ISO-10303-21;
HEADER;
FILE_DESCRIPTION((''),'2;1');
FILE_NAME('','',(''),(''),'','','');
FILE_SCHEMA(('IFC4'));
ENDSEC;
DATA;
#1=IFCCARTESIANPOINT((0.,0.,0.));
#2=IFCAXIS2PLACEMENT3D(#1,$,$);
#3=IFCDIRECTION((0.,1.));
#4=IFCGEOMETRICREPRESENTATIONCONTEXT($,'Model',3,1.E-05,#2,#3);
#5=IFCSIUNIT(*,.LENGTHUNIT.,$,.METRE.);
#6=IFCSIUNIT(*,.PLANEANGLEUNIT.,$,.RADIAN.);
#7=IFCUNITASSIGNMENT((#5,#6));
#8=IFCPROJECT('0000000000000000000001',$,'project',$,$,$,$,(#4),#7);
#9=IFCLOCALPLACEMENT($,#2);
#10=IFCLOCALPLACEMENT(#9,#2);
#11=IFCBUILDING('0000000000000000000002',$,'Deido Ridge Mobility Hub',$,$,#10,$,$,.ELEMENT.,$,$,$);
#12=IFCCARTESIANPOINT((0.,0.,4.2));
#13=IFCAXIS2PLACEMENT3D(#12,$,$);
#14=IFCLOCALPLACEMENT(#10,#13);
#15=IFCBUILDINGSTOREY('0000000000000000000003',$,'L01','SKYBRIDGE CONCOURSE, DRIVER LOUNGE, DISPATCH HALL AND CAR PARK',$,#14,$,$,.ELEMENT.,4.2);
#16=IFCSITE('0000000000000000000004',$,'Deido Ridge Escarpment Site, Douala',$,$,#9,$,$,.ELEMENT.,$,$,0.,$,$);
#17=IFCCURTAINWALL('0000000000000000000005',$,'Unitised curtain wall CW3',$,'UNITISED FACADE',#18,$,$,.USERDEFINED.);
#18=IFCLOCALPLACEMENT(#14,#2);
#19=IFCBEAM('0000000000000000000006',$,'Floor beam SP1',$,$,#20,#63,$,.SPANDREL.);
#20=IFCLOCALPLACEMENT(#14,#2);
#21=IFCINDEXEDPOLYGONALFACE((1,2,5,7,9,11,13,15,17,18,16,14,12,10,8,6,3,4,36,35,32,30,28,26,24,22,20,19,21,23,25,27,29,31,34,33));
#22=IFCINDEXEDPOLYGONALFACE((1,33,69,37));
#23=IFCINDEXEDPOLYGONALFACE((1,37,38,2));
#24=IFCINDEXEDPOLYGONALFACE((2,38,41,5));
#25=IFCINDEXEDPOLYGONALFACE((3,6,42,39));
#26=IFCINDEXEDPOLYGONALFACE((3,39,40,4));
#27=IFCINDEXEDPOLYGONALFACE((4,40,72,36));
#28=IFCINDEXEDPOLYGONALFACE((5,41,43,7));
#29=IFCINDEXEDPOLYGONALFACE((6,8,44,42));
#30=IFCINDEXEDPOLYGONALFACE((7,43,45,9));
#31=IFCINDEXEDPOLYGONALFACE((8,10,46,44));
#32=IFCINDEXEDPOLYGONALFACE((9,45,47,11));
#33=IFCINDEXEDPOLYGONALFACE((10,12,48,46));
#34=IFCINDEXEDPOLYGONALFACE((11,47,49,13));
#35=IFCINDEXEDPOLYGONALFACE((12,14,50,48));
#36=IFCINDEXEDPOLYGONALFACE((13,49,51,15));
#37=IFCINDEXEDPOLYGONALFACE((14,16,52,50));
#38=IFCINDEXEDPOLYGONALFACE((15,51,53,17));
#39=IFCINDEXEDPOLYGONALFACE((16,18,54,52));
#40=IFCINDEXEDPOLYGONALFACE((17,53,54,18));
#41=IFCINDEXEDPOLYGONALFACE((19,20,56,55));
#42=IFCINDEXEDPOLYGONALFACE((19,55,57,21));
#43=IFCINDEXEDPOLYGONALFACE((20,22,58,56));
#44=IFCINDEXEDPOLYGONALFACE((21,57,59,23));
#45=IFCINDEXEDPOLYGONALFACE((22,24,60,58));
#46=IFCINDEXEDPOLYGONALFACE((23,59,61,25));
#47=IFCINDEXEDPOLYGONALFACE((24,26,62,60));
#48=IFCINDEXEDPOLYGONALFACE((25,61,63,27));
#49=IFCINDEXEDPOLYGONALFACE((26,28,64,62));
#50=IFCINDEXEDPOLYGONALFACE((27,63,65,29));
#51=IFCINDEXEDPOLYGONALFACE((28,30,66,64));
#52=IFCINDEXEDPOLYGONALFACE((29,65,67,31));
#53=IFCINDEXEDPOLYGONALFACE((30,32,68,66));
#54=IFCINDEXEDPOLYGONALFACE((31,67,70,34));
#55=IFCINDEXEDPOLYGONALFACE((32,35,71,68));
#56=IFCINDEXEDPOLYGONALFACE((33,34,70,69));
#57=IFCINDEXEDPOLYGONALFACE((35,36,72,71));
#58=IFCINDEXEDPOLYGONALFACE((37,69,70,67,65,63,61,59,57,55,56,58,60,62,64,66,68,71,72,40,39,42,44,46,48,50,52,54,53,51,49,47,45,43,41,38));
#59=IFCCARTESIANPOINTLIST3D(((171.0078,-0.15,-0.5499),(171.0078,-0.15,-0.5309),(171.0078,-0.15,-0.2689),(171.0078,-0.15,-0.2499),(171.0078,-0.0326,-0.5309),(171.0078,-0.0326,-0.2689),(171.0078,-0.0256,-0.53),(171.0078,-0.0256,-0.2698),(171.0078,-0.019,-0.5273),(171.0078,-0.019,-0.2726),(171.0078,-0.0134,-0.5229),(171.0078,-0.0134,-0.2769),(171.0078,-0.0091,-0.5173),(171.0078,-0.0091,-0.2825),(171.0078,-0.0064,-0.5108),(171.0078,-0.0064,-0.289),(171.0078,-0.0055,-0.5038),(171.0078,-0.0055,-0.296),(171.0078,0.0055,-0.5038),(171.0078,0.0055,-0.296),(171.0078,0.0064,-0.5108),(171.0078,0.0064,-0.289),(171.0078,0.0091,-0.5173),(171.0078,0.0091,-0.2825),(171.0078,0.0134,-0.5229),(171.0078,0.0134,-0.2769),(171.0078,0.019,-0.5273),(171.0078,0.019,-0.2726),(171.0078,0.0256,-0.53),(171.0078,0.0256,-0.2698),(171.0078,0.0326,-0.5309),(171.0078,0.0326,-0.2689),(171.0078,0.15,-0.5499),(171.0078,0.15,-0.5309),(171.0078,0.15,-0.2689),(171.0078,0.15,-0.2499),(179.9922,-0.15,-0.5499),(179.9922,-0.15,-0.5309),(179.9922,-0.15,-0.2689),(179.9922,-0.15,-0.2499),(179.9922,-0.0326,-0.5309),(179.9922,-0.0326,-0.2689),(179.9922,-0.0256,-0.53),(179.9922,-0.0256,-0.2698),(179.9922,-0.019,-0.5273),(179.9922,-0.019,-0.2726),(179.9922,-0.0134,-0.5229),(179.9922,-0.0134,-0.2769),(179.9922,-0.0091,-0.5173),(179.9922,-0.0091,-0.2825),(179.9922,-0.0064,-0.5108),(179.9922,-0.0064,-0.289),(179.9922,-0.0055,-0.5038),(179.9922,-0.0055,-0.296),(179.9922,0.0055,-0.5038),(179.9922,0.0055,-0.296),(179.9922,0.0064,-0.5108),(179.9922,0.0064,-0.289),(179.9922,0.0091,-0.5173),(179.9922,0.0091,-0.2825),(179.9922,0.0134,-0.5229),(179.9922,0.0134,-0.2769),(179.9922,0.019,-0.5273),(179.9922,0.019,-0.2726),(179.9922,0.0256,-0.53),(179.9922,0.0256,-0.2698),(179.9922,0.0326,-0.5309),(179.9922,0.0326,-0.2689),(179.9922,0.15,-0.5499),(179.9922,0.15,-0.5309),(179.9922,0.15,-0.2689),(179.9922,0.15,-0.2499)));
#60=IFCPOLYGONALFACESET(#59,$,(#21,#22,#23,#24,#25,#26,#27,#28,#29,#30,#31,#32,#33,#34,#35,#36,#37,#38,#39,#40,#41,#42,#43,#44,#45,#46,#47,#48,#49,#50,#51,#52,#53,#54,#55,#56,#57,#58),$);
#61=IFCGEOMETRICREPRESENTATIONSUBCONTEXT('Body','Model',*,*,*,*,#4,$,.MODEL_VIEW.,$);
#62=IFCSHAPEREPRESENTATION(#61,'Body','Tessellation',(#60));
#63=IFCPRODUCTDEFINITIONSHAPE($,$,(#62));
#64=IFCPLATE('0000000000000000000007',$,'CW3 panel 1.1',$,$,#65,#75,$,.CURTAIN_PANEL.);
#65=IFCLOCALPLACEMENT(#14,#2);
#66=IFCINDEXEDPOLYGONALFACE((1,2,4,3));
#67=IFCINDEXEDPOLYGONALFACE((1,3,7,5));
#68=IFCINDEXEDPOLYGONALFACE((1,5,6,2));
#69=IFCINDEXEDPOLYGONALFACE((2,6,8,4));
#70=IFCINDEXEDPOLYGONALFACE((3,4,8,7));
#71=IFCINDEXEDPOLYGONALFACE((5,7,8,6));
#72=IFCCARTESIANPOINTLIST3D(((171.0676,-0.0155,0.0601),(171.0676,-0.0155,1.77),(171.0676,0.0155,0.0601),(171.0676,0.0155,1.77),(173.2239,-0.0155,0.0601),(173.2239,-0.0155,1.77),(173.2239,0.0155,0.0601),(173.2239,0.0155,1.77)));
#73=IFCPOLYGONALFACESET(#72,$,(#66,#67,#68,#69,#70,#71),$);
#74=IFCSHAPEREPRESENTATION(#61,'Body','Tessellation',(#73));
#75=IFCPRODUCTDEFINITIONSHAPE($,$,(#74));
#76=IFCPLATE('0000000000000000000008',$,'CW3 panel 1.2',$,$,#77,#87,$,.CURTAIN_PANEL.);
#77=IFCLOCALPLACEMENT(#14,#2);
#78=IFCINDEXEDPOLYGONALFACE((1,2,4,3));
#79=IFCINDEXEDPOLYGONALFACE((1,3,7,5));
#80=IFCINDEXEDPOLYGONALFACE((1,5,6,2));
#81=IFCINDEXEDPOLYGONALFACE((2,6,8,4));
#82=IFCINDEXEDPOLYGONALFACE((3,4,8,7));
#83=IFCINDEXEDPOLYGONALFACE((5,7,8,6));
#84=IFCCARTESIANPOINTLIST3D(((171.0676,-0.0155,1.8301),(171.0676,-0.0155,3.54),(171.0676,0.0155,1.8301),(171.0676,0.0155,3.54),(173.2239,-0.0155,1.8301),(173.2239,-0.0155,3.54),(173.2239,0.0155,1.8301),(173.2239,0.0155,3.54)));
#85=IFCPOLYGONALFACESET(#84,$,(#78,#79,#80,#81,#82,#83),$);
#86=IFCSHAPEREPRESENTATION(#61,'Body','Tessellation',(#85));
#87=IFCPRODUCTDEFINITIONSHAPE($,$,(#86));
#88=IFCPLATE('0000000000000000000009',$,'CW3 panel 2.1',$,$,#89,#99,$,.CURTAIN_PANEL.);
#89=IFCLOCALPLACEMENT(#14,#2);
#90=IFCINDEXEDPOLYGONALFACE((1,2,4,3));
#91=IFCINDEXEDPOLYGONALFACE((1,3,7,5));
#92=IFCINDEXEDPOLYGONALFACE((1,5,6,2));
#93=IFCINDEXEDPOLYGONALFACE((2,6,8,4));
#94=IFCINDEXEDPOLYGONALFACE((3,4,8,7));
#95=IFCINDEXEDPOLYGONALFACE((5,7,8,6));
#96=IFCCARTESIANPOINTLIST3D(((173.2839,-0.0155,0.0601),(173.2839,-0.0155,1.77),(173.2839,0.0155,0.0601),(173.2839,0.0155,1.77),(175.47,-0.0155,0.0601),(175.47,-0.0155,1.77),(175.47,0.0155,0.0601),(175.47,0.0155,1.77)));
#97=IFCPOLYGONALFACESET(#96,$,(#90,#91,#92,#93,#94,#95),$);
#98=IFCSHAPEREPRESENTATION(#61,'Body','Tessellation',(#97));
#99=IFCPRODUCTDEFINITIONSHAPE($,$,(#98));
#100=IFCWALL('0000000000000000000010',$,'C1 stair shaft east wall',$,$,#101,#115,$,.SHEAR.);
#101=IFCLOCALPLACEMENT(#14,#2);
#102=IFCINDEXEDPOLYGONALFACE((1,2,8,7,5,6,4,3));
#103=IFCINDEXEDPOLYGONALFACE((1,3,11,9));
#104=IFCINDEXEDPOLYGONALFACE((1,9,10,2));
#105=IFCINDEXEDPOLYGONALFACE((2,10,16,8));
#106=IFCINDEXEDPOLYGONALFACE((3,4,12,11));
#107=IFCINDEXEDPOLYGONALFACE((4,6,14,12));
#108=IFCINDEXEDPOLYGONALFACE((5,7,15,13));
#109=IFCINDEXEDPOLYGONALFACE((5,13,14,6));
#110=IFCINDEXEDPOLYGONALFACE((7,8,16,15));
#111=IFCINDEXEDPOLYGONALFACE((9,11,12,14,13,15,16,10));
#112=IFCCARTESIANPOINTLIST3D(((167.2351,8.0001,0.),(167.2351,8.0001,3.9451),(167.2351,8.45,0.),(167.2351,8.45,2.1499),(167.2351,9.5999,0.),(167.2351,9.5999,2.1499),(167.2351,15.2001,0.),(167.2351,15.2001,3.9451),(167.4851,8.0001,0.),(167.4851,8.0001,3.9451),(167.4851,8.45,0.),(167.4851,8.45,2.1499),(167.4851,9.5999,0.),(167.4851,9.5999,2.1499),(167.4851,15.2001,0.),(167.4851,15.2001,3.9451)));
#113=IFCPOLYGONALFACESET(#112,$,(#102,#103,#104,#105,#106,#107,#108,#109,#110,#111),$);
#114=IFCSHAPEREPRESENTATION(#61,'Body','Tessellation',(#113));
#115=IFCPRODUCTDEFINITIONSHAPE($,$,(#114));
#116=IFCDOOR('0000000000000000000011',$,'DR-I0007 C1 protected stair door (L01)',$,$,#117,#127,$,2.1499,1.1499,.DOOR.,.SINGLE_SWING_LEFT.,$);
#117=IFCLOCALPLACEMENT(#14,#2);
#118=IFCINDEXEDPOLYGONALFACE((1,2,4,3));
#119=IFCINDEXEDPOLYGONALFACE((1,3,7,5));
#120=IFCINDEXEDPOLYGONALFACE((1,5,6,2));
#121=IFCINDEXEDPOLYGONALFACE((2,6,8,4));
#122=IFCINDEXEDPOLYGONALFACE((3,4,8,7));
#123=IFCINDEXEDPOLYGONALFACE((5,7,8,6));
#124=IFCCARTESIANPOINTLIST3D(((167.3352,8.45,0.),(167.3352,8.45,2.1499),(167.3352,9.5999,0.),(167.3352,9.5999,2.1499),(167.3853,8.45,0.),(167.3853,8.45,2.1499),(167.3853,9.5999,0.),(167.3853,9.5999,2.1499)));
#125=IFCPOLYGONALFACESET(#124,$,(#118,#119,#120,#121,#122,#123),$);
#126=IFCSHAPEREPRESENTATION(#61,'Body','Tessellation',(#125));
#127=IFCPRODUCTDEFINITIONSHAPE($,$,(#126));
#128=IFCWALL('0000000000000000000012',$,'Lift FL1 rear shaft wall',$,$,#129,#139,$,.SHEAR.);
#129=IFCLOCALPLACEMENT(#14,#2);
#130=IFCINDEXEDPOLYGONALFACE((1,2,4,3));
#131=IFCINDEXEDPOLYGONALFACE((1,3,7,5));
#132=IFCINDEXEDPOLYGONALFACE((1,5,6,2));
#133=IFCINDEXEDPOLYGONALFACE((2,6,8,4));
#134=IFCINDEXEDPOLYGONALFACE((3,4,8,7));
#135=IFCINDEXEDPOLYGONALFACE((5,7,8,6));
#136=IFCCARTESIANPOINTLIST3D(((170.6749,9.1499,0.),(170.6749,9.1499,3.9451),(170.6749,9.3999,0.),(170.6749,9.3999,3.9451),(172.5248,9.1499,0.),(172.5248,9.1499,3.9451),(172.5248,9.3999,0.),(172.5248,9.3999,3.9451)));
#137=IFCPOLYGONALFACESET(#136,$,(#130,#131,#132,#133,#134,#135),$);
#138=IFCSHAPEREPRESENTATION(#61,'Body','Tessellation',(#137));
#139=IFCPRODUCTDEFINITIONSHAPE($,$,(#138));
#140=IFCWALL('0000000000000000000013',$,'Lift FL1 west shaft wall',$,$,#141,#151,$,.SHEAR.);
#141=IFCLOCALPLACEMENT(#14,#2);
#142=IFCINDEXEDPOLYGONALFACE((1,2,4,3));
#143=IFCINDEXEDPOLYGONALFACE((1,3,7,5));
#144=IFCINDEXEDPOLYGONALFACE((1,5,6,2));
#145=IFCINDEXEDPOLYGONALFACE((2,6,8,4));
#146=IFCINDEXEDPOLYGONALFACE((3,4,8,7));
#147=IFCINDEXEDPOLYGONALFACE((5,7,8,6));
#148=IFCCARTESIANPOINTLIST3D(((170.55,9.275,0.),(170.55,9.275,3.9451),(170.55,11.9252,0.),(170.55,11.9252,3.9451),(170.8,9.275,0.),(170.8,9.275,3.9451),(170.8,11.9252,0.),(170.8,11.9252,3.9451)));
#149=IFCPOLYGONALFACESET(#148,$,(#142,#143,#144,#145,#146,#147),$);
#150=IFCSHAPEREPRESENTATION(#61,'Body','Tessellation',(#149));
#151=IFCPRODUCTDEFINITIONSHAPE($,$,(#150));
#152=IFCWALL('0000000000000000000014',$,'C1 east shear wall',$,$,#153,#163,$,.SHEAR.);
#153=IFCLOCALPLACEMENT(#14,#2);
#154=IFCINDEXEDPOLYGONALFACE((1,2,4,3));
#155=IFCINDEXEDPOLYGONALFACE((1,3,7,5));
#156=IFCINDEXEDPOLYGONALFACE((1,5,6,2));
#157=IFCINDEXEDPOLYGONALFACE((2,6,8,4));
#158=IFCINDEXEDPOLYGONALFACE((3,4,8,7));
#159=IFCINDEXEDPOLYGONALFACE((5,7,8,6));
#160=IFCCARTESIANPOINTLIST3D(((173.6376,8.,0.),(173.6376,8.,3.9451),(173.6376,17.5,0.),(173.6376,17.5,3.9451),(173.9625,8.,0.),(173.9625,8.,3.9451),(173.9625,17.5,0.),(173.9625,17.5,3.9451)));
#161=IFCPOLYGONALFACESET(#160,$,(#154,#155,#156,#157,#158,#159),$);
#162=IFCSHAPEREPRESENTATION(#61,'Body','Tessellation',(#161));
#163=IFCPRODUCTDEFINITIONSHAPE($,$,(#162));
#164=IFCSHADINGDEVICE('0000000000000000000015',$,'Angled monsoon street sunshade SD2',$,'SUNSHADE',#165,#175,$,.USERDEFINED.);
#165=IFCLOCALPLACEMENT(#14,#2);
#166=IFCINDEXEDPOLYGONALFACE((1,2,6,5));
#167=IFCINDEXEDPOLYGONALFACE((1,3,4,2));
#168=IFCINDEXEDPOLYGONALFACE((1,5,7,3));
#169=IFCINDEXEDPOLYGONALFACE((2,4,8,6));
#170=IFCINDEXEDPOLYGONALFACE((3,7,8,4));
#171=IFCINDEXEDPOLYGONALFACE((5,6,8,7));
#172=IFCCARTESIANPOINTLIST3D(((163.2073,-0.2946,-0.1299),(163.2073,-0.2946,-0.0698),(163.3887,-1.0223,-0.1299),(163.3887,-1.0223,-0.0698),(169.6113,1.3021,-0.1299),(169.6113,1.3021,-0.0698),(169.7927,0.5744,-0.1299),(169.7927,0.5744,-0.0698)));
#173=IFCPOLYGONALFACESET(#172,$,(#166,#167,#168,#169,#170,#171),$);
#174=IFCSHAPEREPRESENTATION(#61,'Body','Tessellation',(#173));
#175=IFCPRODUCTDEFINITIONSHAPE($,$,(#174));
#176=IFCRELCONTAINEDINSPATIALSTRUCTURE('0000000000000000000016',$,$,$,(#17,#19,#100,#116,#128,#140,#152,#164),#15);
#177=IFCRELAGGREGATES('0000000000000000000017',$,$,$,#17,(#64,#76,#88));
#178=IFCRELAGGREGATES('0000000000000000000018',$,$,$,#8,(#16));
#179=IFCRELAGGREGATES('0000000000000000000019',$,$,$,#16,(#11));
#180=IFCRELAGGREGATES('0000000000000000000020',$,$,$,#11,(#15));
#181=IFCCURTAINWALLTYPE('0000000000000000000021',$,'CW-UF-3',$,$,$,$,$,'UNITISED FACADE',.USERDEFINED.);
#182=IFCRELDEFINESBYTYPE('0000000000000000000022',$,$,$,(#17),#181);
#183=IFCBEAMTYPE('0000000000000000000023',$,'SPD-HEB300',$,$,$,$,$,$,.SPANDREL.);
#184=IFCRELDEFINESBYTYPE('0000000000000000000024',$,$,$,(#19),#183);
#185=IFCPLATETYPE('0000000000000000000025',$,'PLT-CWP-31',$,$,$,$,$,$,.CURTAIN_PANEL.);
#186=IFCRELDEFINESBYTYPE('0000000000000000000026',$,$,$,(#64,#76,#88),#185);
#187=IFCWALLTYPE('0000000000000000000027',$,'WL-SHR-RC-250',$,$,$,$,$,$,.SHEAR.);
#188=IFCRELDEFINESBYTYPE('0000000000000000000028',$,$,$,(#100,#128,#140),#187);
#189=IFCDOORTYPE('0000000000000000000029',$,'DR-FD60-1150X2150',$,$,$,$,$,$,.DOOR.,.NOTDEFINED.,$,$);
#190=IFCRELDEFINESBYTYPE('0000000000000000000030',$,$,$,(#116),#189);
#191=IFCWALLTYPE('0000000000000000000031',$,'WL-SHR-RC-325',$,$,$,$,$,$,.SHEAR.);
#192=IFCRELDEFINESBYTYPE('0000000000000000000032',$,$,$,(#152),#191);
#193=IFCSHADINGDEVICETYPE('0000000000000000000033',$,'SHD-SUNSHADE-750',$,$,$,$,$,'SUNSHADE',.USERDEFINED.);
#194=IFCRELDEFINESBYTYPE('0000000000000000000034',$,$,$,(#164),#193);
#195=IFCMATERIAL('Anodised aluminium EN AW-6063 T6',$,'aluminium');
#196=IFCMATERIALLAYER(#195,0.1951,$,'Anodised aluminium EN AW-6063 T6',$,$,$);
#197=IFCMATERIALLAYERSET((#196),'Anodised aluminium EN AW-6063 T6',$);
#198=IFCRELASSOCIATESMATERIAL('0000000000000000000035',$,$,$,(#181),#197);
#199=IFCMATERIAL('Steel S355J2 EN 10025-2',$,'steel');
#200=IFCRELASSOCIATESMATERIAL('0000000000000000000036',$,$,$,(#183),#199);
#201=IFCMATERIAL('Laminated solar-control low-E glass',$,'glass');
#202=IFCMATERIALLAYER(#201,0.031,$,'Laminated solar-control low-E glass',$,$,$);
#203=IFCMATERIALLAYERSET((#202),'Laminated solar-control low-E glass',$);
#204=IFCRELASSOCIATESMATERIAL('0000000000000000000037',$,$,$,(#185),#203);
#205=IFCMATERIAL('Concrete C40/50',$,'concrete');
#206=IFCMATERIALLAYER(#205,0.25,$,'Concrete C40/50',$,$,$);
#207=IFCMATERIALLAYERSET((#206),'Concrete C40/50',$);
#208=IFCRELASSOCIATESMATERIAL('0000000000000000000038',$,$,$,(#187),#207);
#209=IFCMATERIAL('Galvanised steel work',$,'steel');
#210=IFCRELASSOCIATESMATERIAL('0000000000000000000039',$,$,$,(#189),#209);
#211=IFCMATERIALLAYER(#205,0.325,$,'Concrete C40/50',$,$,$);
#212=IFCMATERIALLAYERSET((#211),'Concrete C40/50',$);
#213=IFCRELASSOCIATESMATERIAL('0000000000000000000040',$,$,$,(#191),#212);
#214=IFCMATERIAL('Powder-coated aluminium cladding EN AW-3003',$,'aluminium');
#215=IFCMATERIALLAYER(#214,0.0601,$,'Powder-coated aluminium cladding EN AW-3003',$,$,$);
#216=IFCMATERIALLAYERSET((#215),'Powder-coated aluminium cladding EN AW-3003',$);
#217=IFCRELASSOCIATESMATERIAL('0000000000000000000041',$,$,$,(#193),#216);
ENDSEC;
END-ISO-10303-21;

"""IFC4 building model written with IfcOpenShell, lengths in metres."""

from ifc_helpers import new_model, si_unit, direction, frame, frame_2d, origin, origin_2d, place, context, subcontext, project, spatial, rectangle, i_section, extrude, material, layer, layer_set, material_profile, profile_set, type_object, element, fill, aggregate, save


model = new_model("IFC4")

# Units and contexts
model_context = context("Model", 3, precision=1e-05, world=origin(), true_north=direction((0.0, 1.0)))
body_context = subcontext(model_context, "Body", "Model", "MODEL_VIEW")
ifc_project = project(units=[si_unit("LENGTHUNIT", "METRE"), si_unit("PLANEANGLEUNIT", "RADIAN")], contexts=[model_context])

# Site, building, storey
site_placement = place(None, origin())
site = spatial("IfcSite", under=ifc_project, at=site_placement, Name="Deido Ridge Escarpment Site, Douala", CompositionType="ELEMENT", RefElevation=0.0)
building_placement = place(site_placement, origin())
building = spatial("IfcBuilding", under=site, at=building_placement, Name="Deido Ridge Mobility Hub", CompositionType="ELEMENT")
storey_placement = place(building_placement, frame((0.0, 0.0, 4.2)))
storey = spatial("IfcBuildingStorey", under=building, at=storey_placement, Name="L01", Description="SKYBRIDGE CONCOURSE, DRIVER LOUNGE, DISPATCH HALL AND CAR PARK", CompositionType="ELEMENT", Elevation=4.2)

# Shared definitions
ifc_material_1 = material(Name="Steel S355J2 EN 10025-2", Category="steel")

# Curtain wall
ifc_material_2 = material(Name="Anodised aluminium EN AW-6063 T6", Category="aluminium")
ifc_layer_1 = layer(ifc_material_2, 0.1951, Name="Anodised aluminium EN AW-6063 T6")
ifc_layer_set_1 = layer_set([ifc_layer_1], Name="Anodised aluminium EN AW-6063 T6")
curtain_wall_type = type_object("IfcCurtainWallType", Name="CW-UF-3", ElementType="UNITISED FACADE", PredefinedType="USERDEFINED", material=ifc_layer_set_1)
curtain_wall_placement = place(storey_placement, origin())
curtain_wall = element("IfcCurtainWall", 1, at=curtain_wall_placement, inside=storey, type_object=curtain_wall_type, Name="Unitised curtain wall CW3", ObjectType="UNITISED FACADE", PredefinedType="USERDEFINED")

# Beam
ifc_material_profile_1 = material_profile(ifc_material_1, i_section(OverallWidth=0.3, OverallDepth=0.3, WebThickness=0.011, FlangeThickness=0.019, FilletRadius=0.0271, at=origin_2d()), Name="HEB 300")
ifc_profile_set_1 = profile_set([ifc_material_profile_1], Name="Steel S355J2 EN 10025-2")
beam_type = type_object("IfcBeamType", Name="SPD-HEB300", PredefinedType="SPANDREL", material=ifc_profile_set_1)
beam_placement = place(storey_placement, frame((171.0078, 0.0, -0.3999), z_axis=(1.0, 0.0, 0.0), x_axis=(0.0, 1.0, 0.0)))
element("IfcBeam", 2, at=beam_placement, inside=storey, type_object=beam_type, Name="Floor beam SP1", PredefinedType="SPANDREL", context=body_context, shape_type="SweptSolid", body=[
    extrude(i_section(OverallWidth=0.3, OverallDepth=0.3, WebThickness=0.011, FlangeThickness=0.019, FilletRadius=0.0271, at=origin_2d()), origin(), (0.0, 0.0, 1.0), 8.9844),
])

# Plates
ifc_material_3 = material(Name="Laminated solar-control low-E glass", Category="glass")
ifc_layer_2 = layer(ifc_material_3, 0.031, Name="Laminated solar-control low-E glass")
ifc_layer_set_2 = layer_set([ifc_layer_2], Name="Laminated solar-control low-E glass")
plate_type = type_object("IfcPlateType", Name="PLT-CWP-31", PredefinedType="CURTAIN_PANEL", material=ifc_layer_set_2)
plate_1_placement = place(storey_placement, frame((172.1458, 0.0, 0.0601), z_axis=(0.0, 0.0, 1.0), x_axis=(1.0, 0.0, 0.0)))
plate_1 = element("IfcPlate", 3, at=plate_1_placement, type_object=plate_type, Name="CW3 panel 1.1", PredefinedType="CURTAIN_PANEL", context=body_context, shape_type="SweptSolid", body=[
    extrude(rectangle(XDim=2.1562, YDim=0.031, at=origin_2d()), origin(), (0.0, 0.0, 1.0), 1.71),
])
plate_2_placement = place(storey_placement, frame((172.1458, 0.0, 1.8301), z_axis=(0.0, 0.0, 1.0), x_axis=(1.0, 0.0, 0.0)))
plate_2 = element("IfcPlate", 4, at=plate_2_placement, type_object=plate_type, Name="CW3 panel 1.2", PredefinedType="CURTAIN_PANEL", context=body_context, shape_type="SweptSolid", body=[
    extrude(rectangle(XDim=2.1562, YDim=0.031, at=origin_2d()), origin(), (0.0, 0.0, 1.0), 1.71),
])
plate_3_placement = place(storey_placement, frame((174.377, 0.0, 0.0601), z_axis=(0.0, 0.0, 1.0), x_axis=(1.0, 0.0, 0.0)))
plate_3 = element("IfcPlate", 5, at=plate_3_placement, type_object=plate_type, Name="CW3 panel 2.1", PredefinedType="CURTAIN_PANEL", context=body_context, shape_type="SweptSolid", body=[
    extrude(rectangle(XDim=2.186, YDim=0.031, at=origin_2d()), origin(), (0.0, 0.0, 1.0), 1.71),
])
aggregate(curtain_wall, [plate_1, plate_2, plate_3])

# Wall, opening, door
ifc_material_4 = material(Name="Concrete C40/50", Category="concrete")
ifc_layer_3 = layer(ifc_material_4, 0.25, Name="Concrete C40/50")
ifc_layer_set_3 = layer_set([ifc_layer_3], Name="Concrete C40/50")
wall_type_1 = type_object("IfcWallType", Name="WL-SHR-RC-250", PredefinedType="SHEAR", material=ifc_layer_set_3)
wall_1_placement = place(storey_placement, frame((167.3601, 8.0, 0.0), z_axis=(0.0, 0.0, 1.0), x_axis=(0.0, 1.0, 0.0)))
wall_1 = element("IfcWall", 6, at=wall_1_placement, inside=storey, type_object=wall_type_1, Name="C1 stair shaft east wall", PredefinedType="SHEAR", context=body_context, shape_type="SweptSolid", body=[
    extrude(rectangle(XDim=7.2, YDim=0.25, at=frame_2d((3.6001, 0.0))), origin(), (0.0, 0.0, 1.0), 3.9451),
])
opening_placement = place(wall_1_placement, frame((0.45, 0.0, 0.0)))
opening = element("IfcOpeningElement", 7, at=opening_placement, cuts=wall_1, PredefinedType="OPENING", context=body_context, shape_type="SweptSolid", body=[
    extrude(rectangle(XDim=1.1499, YDim=2.1499, at=frame_2d((0.575, 1.075))), frame((0.0, 0.135, 0.0), z_axis=(0.0, -1.0, 0.0), x_axis=(1.0, 0.0, 0.0)), (0.0, 0.0, 1.0), 0.27),
])
ifc_material_5 = material(Name="Galvanised steel work", Category="steel")
door_type = type_object("IfcDoorType", Name="DR-FD60-1150X2150", OperationType="NOTDEFINED", PredefinedType="DOOR", material=ifc_material_5)
door_placement = place(opening_placement, origin())
door = element("IfcDoor", 8, at=door_placement, inside=storey, type_object=door_type, Name="DR-I0007 C1 protected stair door (L01)", OperationType="SINGLE_SWING_LEFT", OverallHeight=2.1499, OverallWidth=1.1499, PredefinedType="DOOR", context=body_context, shape_type="SweptSolid", body=[
    extrude(rectangle(XDim=1.1499, YDim=2.1499, at=frame_2d((0.575, 1.075))), frame((0.0, 0.0249, 0.0), z_axis=(0.0, -1.0, 0.0), x_axis=(1.0, 0.0, 0.0)), (0.0, 0.0, 1.0), 0.05),
])
fill(opening, door)

# Walls
wall_2_placement = place(storey_placement, frame((170.675, 9.2749, 0.0), z_axis=(0.0, 0.0, 1.0), x_axis=(1.0, 0.0, 0.0)))
element("IfcWall", 9, at=wall_2_placement, inside=storey, type_object=wall_type_1, Name="Lift FL1 rear shaft wall", PredefinedType="SHEAR", context=body_context, shape_type="SweptSolid", body=[
    extrude(rectangle(XDim=1.8499, YDim=0.25, at=frame_2d((0.9248, 0.0))), origin(), (0.0, 0.0, 1.0), 3.9451),
])
wall_3_placement = place(storey_placement, frame((170.675, 9.2749, 0.0), z_axis=(0.0, 0.0, 1.0), x_axis=(0.0, 1.0, 0.0)))
element("IfcWall", 10, at=wall_3_placement, inside=storey, type_object=wall_type_1, Name="Lift FL1 west shaft wall", PredefinedType="SHEAR", context=body_context, shape_type="SweptSolid", body=[
    extrude(rectangle(XDim=2.6501, YDim=0.25, at=frame_2d((1.3252, 0.0))), origin(), (0.0, 0.0, 1.0), 3.9451),
])
ifc_layer_4 = layer(ifc_material_4, 0.325, Name="Concrete C40/50")
ifc_layer_set_4 = layer_set([ifc_layer_4], Name="Concrete C40/50")
wall_type_2 = type_object("IfcWallType", Name="WL-SHR-RC-325", PredefinedType="SHEAR", material=ifc_layer_set_4)
wall_4_placement = place(storey_placement, frame((173.8, 8.0, 0.0), z_axis=(0.0, 0.0, 1.0), x_axis=(0.0, 1.0, 0.0)))
element("IfcWall", 11, at=wall_4_placement, inside=storey, type_object=wall_type_2, Name="C1 east shear wall", PredefinedType="SHEAR", context=body_context, shape_type="SweptSolid", body=[
    extrude(rectangle(XDim=9.5, YDim=0.325, at=frame_2d((4.75, 0.0))), origin(), (0.0, 0.0, 1.0), 3.9451),
])

# Shading device
ifc_material_6 = material(Name="Powder-coated aluminium cladding EN AW-3003", Category="aluminium")
ifc_layer_5 = layer(ifc_material_6, 0.0601, Name="Powder-coated aluminium cladding EN AW-3003")
ifc_layer_set_5 = layer_set([ifc_layer_5], Name="Powder-coated aluminium cladding EN AW-3003")
shading_device_type = type_object("IfcShadingDeviceType", Name="SHD-SUNSHADE-750", ElementType="SUNSHADE", PredefinedType="USERDEFINED", material=ifc_layer_set_5)
shading_device_placement = place(storey_placement, frame((166.5, 0.1399, -0.1299), z_axis=(0.0, 0.0, 1.0), x_axis=(0.970296, 0.241922, 0.0)))
element("IfcShadingDevice", 12, at=shading_device_placement, inside=storey, type_object=shading_device_type, Name="Angled monsoon street sunshade SD2", ObjectType="SUNSHADE", PredefinedType="USERDEFINED", context=body_context, shape_type="SweptSolid", body=[
    extrude(rectangle(XDim=6.6001, YDim=0.75, at=origin_2d()), origin(), (0.0, 0.0, 1.0), 0.0601),
])

save(model, "model.ifc")
